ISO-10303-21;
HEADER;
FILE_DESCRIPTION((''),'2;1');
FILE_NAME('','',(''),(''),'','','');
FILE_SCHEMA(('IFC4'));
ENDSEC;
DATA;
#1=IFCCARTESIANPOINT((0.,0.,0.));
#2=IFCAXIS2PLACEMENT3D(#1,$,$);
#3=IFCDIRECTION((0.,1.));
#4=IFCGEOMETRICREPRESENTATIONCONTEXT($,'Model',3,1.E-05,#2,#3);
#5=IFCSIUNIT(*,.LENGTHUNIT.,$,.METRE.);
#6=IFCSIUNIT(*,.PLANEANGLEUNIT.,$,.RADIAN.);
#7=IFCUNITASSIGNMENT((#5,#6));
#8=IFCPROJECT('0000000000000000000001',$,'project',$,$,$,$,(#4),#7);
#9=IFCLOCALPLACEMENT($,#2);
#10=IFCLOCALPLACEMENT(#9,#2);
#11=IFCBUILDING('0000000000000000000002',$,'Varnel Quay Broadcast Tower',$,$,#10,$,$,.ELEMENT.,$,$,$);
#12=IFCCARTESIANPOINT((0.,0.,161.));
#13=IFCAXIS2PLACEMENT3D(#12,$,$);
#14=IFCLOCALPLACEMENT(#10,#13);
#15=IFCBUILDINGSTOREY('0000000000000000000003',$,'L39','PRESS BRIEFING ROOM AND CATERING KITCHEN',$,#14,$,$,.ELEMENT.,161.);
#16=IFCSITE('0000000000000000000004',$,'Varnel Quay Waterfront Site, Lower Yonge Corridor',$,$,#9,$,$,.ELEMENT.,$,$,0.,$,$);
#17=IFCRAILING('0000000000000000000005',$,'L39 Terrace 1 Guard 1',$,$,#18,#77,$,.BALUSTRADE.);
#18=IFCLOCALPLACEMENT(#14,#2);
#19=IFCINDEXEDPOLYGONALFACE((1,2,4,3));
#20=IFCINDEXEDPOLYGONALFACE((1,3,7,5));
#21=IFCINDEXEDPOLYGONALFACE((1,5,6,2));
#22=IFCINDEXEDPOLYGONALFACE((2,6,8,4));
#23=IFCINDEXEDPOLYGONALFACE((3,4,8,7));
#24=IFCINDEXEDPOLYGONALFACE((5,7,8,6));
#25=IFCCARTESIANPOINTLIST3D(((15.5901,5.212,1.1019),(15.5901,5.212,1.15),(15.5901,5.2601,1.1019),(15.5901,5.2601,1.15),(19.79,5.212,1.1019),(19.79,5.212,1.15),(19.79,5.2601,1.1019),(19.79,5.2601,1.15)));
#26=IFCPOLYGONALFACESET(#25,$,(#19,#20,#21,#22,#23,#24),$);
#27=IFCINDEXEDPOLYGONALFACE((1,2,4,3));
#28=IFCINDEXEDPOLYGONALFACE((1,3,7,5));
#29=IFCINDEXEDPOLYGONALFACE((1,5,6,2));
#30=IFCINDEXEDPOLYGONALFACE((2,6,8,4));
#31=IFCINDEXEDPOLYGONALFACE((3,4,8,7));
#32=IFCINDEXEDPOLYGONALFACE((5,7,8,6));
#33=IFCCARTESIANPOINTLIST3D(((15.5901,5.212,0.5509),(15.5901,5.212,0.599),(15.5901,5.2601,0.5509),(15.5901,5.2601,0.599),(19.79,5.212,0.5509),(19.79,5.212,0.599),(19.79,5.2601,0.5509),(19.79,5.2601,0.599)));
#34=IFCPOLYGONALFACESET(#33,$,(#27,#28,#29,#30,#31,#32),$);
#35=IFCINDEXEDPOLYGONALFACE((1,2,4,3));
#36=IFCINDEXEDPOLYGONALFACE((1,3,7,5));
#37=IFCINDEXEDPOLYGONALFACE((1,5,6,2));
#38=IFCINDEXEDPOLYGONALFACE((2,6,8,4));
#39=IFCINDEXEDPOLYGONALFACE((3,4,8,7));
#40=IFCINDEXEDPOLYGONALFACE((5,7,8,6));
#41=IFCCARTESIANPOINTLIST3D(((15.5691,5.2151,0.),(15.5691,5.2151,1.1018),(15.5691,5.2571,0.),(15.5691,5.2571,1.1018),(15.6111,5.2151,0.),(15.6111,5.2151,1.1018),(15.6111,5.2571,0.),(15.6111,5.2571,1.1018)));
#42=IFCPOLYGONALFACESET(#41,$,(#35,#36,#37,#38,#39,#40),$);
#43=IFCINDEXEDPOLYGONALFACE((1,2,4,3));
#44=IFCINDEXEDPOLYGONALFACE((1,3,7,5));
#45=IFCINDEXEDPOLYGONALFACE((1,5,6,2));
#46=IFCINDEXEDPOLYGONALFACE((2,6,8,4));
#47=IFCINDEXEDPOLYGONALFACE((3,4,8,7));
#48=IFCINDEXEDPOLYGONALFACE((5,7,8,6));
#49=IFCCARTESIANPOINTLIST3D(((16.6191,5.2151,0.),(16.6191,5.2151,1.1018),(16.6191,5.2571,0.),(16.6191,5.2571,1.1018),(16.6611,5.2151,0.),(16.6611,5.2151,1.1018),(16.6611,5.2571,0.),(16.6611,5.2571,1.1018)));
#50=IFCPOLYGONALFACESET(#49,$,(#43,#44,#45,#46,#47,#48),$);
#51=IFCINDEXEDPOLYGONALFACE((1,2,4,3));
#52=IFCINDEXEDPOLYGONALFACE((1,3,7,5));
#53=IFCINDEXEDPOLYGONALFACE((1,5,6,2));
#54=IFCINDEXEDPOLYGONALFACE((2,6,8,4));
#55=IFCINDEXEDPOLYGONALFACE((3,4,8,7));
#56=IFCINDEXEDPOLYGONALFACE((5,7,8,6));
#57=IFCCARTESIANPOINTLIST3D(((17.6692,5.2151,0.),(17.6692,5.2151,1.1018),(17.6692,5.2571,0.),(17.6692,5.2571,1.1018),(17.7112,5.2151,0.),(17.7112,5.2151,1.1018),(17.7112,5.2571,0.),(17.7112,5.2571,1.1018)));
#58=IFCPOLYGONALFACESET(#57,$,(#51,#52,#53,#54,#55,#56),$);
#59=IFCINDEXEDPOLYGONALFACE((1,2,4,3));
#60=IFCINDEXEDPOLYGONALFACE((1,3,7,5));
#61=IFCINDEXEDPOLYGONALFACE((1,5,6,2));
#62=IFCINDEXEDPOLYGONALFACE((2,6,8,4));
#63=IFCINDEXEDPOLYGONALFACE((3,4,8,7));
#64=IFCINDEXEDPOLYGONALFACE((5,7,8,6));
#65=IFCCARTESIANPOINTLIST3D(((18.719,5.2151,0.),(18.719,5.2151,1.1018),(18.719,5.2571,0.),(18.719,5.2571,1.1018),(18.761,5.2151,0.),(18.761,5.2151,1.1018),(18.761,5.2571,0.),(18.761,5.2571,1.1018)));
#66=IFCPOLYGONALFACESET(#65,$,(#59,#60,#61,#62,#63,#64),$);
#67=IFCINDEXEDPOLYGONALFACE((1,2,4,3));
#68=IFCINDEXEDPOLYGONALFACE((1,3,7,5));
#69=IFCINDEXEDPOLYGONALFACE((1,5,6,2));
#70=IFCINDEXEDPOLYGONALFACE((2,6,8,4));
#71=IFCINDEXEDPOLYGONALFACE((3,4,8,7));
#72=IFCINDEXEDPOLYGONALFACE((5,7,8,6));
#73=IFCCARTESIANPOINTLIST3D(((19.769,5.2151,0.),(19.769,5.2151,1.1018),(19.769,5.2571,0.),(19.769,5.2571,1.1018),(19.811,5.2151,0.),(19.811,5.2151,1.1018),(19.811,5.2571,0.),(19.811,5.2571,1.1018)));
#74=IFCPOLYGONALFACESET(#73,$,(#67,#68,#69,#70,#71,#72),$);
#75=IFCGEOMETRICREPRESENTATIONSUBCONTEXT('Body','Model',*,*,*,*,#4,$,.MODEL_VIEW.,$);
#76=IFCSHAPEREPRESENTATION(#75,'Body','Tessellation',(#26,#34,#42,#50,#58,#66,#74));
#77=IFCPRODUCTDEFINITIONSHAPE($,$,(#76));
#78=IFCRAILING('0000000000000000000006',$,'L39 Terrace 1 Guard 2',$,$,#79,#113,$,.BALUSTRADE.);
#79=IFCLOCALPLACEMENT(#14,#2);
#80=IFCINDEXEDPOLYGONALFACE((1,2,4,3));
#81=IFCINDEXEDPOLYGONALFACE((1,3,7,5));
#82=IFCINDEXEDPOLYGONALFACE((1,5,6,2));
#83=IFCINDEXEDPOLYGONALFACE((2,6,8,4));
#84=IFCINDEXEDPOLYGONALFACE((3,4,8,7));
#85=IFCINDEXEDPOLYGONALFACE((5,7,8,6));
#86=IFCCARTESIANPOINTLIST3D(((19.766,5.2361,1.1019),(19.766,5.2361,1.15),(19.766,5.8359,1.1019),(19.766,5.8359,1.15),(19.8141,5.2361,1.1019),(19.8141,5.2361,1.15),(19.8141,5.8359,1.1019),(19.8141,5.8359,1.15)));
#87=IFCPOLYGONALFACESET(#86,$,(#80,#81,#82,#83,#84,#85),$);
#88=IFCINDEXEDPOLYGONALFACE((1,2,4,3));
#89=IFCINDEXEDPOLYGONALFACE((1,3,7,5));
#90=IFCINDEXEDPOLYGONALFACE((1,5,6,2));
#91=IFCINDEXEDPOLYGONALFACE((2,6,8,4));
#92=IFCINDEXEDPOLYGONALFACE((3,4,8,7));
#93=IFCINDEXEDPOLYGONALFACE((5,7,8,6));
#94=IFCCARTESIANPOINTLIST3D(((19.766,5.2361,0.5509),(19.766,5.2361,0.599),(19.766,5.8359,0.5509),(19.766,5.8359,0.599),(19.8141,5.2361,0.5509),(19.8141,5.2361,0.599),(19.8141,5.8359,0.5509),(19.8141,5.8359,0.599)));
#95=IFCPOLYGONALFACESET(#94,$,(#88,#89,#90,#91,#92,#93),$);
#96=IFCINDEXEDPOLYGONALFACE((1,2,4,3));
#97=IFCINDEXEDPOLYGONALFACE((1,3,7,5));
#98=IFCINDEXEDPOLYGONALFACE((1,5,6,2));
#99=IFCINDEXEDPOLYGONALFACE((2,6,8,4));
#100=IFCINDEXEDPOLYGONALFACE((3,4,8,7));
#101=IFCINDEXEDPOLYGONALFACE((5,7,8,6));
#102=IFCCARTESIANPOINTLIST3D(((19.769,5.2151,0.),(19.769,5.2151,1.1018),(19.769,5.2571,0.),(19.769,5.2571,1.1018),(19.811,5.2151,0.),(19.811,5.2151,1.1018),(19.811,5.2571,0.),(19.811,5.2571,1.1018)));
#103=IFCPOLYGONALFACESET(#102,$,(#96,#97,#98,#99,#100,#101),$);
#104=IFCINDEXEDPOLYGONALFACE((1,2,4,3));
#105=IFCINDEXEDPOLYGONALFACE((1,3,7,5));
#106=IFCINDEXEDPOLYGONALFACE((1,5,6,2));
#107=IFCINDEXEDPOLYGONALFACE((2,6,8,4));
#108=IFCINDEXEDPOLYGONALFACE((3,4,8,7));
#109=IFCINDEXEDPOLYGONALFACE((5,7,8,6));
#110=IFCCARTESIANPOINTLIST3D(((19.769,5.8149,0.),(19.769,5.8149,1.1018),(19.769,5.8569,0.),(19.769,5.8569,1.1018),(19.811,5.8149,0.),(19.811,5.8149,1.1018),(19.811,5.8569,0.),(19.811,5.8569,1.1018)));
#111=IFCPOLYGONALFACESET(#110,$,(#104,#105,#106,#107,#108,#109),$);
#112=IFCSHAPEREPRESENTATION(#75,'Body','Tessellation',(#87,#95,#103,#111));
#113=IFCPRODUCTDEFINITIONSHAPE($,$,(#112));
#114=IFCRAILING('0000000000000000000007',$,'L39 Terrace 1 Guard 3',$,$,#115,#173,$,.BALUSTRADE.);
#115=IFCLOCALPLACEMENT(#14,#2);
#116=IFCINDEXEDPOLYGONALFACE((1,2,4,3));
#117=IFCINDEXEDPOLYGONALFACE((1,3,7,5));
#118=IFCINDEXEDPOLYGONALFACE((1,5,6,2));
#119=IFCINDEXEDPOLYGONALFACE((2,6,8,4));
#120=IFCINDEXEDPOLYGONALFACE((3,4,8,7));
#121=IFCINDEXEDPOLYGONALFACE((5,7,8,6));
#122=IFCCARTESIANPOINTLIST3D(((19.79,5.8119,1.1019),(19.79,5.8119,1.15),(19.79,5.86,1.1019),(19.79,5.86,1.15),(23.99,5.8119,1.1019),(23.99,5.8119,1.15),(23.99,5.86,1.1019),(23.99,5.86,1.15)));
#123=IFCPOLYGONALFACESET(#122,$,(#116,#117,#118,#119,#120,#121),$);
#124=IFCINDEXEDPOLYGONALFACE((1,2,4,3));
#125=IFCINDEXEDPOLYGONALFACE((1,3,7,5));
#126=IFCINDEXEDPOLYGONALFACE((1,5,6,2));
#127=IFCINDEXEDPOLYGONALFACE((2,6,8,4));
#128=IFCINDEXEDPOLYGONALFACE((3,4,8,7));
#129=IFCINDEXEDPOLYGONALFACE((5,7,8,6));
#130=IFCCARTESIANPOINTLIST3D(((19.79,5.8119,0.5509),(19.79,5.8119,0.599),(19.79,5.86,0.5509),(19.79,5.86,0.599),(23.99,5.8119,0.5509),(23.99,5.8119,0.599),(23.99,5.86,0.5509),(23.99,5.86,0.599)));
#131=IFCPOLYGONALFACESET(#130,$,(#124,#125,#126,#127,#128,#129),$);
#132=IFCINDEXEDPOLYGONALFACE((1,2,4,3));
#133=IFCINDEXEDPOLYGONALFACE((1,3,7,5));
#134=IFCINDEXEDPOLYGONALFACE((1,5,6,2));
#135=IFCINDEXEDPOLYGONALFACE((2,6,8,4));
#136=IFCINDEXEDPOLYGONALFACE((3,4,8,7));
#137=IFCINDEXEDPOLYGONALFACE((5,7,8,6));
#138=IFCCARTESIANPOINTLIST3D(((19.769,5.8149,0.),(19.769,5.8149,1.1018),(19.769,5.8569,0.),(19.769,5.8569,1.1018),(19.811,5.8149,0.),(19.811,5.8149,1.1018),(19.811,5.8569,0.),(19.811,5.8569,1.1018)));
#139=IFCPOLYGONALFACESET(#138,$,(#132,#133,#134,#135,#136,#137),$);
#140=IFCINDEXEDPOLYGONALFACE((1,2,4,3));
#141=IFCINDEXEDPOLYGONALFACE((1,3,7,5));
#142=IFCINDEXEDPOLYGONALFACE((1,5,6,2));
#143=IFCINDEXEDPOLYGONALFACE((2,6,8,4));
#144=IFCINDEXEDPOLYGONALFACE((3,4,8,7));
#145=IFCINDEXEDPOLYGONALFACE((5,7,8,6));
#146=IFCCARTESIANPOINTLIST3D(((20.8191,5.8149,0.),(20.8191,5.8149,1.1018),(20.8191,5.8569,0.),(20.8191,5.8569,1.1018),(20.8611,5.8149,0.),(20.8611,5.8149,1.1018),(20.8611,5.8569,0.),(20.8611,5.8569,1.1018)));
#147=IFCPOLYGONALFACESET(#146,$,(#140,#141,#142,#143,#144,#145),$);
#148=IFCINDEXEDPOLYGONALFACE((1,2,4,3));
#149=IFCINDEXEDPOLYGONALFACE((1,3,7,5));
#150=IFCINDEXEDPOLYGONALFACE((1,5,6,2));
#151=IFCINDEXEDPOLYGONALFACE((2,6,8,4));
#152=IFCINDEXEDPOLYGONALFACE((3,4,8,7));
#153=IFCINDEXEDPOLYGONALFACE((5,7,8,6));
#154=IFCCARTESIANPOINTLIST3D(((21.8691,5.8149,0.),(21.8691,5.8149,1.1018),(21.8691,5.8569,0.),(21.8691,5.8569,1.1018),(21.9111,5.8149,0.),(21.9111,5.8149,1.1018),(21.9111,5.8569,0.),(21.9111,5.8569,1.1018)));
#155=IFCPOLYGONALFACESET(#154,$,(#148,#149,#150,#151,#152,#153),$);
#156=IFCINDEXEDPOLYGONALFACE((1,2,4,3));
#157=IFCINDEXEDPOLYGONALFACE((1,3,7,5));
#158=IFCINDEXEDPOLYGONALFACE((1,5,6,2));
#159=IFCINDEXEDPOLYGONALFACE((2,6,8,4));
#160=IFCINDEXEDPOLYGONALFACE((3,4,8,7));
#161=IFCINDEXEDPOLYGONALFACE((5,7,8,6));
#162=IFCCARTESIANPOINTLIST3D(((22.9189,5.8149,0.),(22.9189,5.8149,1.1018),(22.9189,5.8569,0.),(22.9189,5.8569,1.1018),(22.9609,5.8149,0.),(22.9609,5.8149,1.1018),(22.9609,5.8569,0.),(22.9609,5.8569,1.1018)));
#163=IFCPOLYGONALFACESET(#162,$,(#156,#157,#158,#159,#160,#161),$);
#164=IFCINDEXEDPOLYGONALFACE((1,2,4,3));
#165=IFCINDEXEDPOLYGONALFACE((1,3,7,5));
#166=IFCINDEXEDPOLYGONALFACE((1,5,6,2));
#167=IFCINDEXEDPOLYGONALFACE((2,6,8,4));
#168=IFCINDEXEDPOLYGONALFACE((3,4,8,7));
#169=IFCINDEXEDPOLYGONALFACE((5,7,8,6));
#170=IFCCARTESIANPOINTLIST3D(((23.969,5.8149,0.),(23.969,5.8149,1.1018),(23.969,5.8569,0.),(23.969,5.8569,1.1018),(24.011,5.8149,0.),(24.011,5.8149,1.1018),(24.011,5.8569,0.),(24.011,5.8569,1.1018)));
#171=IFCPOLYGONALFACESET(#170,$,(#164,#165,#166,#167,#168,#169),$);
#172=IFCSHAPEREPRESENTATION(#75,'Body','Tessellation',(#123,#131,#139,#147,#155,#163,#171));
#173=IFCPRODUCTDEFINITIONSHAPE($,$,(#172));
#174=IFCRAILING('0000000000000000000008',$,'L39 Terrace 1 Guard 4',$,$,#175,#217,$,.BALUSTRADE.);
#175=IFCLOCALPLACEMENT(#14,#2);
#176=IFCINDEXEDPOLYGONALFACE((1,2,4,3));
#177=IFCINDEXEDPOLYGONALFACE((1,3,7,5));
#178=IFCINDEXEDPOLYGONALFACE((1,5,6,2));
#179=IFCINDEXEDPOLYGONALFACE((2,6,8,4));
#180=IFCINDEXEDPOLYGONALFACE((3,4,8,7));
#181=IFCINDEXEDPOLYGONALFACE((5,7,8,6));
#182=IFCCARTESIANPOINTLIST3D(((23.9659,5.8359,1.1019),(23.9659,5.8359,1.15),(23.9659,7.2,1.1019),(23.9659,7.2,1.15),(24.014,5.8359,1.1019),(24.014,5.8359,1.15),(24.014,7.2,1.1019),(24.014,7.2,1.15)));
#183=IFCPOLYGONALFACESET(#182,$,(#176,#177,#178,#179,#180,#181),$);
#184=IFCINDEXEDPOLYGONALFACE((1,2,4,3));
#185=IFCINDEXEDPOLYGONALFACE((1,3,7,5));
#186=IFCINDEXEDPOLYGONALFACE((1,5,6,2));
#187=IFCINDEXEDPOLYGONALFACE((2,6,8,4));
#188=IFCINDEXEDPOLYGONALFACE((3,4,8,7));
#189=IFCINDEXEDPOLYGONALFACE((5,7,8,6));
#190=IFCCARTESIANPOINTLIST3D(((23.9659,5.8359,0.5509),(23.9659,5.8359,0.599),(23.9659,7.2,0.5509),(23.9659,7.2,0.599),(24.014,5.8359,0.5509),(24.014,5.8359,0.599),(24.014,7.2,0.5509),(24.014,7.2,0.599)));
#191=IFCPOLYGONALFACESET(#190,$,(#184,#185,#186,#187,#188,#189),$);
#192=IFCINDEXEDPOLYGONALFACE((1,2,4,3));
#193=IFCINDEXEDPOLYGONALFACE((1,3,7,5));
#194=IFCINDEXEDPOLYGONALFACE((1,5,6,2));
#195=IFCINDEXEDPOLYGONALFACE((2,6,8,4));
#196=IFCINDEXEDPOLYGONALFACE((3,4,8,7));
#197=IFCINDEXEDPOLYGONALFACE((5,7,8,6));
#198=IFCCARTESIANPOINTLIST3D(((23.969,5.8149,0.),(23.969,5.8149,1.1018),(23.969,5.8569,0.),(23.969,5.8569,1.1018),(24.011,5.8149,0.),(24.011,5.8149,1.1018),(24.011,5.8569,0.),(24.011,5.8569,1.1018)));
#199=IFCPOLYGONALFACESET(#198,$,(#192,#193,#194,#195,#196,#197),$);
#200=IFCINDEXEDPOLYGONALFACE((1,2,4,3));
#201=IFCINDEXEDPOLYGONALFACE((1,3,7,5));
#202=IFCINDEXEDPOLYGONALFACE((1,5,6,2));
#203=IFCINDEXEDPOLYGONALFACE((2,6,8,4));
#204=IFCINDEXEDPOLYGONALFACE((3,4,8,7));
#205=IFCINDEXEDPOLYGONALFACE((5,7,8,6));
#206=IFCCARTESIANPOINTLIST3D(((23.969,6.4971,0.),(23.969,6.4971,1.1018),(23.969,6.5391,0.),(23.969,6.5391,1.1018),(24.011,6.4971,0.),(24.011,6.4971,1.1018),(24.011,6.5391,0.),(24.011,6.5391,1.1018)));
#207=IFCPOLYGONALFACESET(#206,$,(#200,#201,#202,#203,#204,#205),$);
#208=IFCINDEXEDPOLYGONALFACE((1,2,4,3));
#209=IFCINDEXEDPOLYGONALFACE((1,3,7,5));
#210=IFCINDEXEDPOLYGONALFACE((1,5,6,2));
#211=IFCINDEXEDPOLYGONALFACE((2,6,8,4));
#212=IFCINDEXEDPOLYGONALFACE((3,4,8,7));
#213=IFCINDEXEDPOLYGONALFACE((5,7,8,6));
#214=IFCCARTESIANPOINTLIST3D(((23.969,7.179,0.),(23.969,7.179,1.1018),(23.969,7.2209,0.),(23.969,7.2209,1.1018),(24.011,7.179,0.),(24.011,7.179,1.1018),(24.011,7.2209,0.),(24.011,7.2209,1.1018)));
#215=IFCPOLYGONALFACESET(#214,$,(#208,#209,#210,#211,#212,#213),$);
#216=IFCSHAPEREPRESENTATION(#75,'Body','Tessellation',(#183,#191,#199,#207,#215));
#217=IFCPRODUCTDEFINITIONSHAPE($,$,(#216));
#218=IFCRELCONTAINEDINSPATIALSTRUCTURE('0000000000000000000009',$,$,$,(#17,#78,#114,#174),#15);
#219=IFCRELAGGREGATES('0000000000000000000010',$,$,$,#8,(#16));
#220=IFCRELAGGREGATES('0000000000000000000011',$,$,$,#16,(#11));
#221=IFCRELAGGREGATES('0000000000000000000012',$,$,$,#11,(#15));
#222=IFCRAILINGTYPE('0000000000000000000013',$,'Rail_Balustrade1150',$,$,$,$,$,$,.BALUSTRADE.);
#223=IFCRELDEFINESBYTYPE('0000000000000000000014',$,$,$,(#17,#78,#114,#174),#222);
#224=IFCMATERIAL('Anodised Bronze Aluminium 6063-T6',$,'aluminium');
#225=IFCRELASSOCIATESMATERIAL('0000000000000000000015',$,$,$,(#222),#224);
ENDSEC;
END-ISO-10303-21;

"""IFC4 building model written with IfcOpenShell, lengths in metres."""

from ifc_helpers import new_model, si_unit, direction, frame, origin, origin_2d, place, context, subcontext, project, spatial, rectangle, extrude, material, type_object, element, save


model = new_model("IFC4")

# Units and contexts
model_context = context("Model", 3, precision=1e-05, world=origin(), true_north=direction((0.0, 1.0)))
body_context = subcontext(model_context, "Body", "Model", "MODEL_VIEW")
ifc_project = project(units=[si_unit("LENGTHUNIT", "METRE"), si_unit("PLANEANGLEUNIT", "RADIAN")], contexts=[model_context])

# Site, building, storey
site_placement = place(None, origin())
site = spatial("IfcSite", under=ifc_project, at=site_placement, Name="Varnel Quay Waterfront Site, Lower Yonge Corridor", CompositionType="ELEMENT", RefElevation=0.0)
building_placement = place(site_placement, origin())
building = spatial("IfcBuilding", under=site, at=building_placement, Name="Varnel Quay Broadcast Tower", CompositionType="ELEMENT")
storey_placement = place(building_placement, frame((0.0, 0.0, 161.0)))
storey = spatial("IfcBuildingStorey", under=building, at=storey_placement, Name="L39", Description="PRESS BRIEFING ROOM AND CATERING KITCHEN", CompositionType="ELEMENT", Elevation=161.0)

# Shared definitions
ifc_material_1 = material(Name="Anodised Bronze Aluminium 6063-T6", Category="aluminium")

# Railings
railing_type = type_object("IfcRailingType", Name="Rail_Balustrade1150", PredefinedType="BALUSTRADE", material=ifc_material_1)
railing_1_placement = place(storey_placement, frame((15.5901, 5.2361, 0.0)))
element("IfcRailing", 1, at=railing_1_placement, inside=storey, type_object=railing_type, Name="L39 Terrace 1 Guard 1", PredefinedType="BALUSTRADE", context=body_context, shape_type="SweptSolid", body=[
    extrude(rectangle(XDim=0.0481, YDim=0.0481, at=origin_2d()), frame((0.0, 0.0, 1.126), z_axis=(1.0, 0.0, 0.0), x_axis=(0.0, 1.0, 0.0)), (0.0, 0.0, 1.0), 4.2),
    extrude(rectangle(XDim=0.0481, YDim=0.0481, at=origin_2d()), frame((0.0, 0.0, 0.575), z_axis=(1.0, 0.0, 0.0), x_axis=(0.0, 1.0, 0.0)), (0.0, 0.0, 1.0), 4.2),
    extrude(rectangle(XDim=0.042, YDim=0.042, at=origin_2d()), origin(), (0.0, 0.0, 1.0), 1.1018),
    extrude(rectangle(XDim=0.042, YDim=0.042, at=origin_2d()), frame((1.05, 0.0, 0.0)), (0.0, 0.0, 1.0), 1.1018),
    extrude(rectangle(XDim=0.042, YDim=0.042, at=origin_2d()), frame((2.1001, 0.0, 0.0)), (0.0, 0.0, 1.0), 1.1018),
    extrude(rectangle(XDim=0.042, YDim=0.042, at=origin_2d()), frame((3.1499, 0.0, 0.0)), (0.0, 0.0, 1.0), 1.1018),
    extrude(rectangle(XDim=0.042, YDim=0.042, at=origin_2d()), frame((4.2, 0.0, 0.0)), (0.0, 0.0, 1.0), 1.1018),
])
railing_2_placement = place(storey_placement, frame((19.79, 5.2361, 0.0)))
element("IfcRailing", 2, at=railing_2_placement, inside=storey, type_object=railing_type, Name="L39 Terrace 1 Guard 2", PredefinedType="BALUSTRADE", context=body_context, shape_type="SweptSolid", body=[
    extrude(rectangle(XDim=0.0481, YDim=0.0481, at=origin_2d()), frame((0.0, 0.0, 1.126), z_axis=(0.0, 1.0, 0.0), x_axis=(-1.0, 0.0, 0.0)), (0.0, 0.0, 1.0), 0.5999),
    extrude(rectangle(XDim=0.0481, YDim=0.0481, at=origin_2d()), frame((0.0, 0.0, 0.575), z_axis=(0.0, 1.0, 0.0), x_axis=(-1.0, 0.0, 0.0)), (0.0, 0.0, 1.0), 0.5999),
    extrude(rectangle(XDim=0.042, YDim=0.042, at=origin_2d()), origin(), (0.0, 0.0, 1.0), 1.1018),
    extrude(rectangle(XDim=0.042, YDim=0.042, at=origin_2d()), frame((0.0, 0.5999, 0.0)), (0.0, 0.0, 1.0), 1.1018),
])
railing_3_placement = place(storey_placement, frame((19.79, 5.8359, 0.0)))
element("IfcRailing", 3, at=railing_3_placement, inside=storey, type_object=railing_type, Name="L39 Terrace 1 Guard 3", PredefinedType="BALUSTRADE", context=body_context, shape_type="SweptSolid", body=[
    extrude(rectangle(XDim=0.0481, YDim=0.0481, at=origin_2d()), frame((0.0, 0.0, 1.126), z_axis=(1.0, 0.0, 0.0), x_axis=(0.0, 1.0, 0.0)), (0.0, 0.0, 1.0), 4.2),
    extrude(rectangle(XDim=0.0481, YDim=0.0481, at=origin_2d()), frame((0.0, 0.0, 0.575), z_axis=(1.0, 0.0, 0.0), x_axis=(0.0, 1.0, 0.0)), (0.0, 0.0, 1.0), 4.2),
    extrude(rectangle(XDim=0.042, YDim=0.042, at=origin_2d()), origin(), (0.0, 0.0, 1.0), 1.1018),
    extrude(rectangle(XDim=0.042, YDim=0.042, at=origin_2d()), frame((1.05, 0.0, 0.0)), (0.0, 0.0, 1.0), 1.1018),
    extrude(rectangle(XDim=0.042, YDim=0.042, at=origin_2d()), frame((2.1001, 0.0, 0.0)), (0.0, 0.0, 1.0), 1.1018),
    extrude(rectangle(XDim=0.042, YDim=0.042, at=origin_2d()), frame((3.1499, 0.0, 0.0)), (0.0, 0.0, 1.0), 1.1018),
    extrude(rectangle(XDim=0.042, YDim=0.042, at=origin_2d()), frame((4.2, 0.0, 0.0)), (0.0, 0.0, 1.0), 1.1018),
])
railing_4_placement = place(storey_placement, frame((23.99, 5.8359, 0.0)))
element("IfcRailing", 4, at=railing_4_placement, inside=storey, type_object=railing_type, Name="L39 Terrace 1 Guard 4", PredefinedType="BALUSTRADE", context=body_context, shape_type="SweptSolid", body=[
    extrude(rectangle(XDim=0.0481, YDim=0.0481, at=origin_2d()), frame((0.0, 0.0, 1.126), z_axis=(0.0, 1.0, 0.0), x_axis=(-1.0, 0.0, 0.0)), (0.0, 0.0, 1.0), 1.364),
    extrude(rectangle(XDim=0.0481, YDim=0.0481, at=origin_2d()), frame((0.0, 0.0, 0.575), z_axis=(0.0, 1.0, 0.0), x_axis=(-1.0, 0.0, 0.0)), (0.0, 0.0, 1.0), 1.364),
    extrude(rectangle(XDim=0.042, YDim=0.042, at=origin_2d()), origin(), (0.0, 0.0, 1.0), 1.1018),
    extrude(rectangle(XDim=0.042, YDim=0.042, at=origin_2d()), frame((0.0, 0.6821, 0.0)), (0.0, 0.0, 1.0), 1.1018),
    extrude(rectangle(XDim=0.042, YDim=0.042, at=origin_2d()), frame((0.0, 1.364, 0.0)), (0.0, 0.0, 1.0), 1.1018),
])

save(model, "model.ifc")
